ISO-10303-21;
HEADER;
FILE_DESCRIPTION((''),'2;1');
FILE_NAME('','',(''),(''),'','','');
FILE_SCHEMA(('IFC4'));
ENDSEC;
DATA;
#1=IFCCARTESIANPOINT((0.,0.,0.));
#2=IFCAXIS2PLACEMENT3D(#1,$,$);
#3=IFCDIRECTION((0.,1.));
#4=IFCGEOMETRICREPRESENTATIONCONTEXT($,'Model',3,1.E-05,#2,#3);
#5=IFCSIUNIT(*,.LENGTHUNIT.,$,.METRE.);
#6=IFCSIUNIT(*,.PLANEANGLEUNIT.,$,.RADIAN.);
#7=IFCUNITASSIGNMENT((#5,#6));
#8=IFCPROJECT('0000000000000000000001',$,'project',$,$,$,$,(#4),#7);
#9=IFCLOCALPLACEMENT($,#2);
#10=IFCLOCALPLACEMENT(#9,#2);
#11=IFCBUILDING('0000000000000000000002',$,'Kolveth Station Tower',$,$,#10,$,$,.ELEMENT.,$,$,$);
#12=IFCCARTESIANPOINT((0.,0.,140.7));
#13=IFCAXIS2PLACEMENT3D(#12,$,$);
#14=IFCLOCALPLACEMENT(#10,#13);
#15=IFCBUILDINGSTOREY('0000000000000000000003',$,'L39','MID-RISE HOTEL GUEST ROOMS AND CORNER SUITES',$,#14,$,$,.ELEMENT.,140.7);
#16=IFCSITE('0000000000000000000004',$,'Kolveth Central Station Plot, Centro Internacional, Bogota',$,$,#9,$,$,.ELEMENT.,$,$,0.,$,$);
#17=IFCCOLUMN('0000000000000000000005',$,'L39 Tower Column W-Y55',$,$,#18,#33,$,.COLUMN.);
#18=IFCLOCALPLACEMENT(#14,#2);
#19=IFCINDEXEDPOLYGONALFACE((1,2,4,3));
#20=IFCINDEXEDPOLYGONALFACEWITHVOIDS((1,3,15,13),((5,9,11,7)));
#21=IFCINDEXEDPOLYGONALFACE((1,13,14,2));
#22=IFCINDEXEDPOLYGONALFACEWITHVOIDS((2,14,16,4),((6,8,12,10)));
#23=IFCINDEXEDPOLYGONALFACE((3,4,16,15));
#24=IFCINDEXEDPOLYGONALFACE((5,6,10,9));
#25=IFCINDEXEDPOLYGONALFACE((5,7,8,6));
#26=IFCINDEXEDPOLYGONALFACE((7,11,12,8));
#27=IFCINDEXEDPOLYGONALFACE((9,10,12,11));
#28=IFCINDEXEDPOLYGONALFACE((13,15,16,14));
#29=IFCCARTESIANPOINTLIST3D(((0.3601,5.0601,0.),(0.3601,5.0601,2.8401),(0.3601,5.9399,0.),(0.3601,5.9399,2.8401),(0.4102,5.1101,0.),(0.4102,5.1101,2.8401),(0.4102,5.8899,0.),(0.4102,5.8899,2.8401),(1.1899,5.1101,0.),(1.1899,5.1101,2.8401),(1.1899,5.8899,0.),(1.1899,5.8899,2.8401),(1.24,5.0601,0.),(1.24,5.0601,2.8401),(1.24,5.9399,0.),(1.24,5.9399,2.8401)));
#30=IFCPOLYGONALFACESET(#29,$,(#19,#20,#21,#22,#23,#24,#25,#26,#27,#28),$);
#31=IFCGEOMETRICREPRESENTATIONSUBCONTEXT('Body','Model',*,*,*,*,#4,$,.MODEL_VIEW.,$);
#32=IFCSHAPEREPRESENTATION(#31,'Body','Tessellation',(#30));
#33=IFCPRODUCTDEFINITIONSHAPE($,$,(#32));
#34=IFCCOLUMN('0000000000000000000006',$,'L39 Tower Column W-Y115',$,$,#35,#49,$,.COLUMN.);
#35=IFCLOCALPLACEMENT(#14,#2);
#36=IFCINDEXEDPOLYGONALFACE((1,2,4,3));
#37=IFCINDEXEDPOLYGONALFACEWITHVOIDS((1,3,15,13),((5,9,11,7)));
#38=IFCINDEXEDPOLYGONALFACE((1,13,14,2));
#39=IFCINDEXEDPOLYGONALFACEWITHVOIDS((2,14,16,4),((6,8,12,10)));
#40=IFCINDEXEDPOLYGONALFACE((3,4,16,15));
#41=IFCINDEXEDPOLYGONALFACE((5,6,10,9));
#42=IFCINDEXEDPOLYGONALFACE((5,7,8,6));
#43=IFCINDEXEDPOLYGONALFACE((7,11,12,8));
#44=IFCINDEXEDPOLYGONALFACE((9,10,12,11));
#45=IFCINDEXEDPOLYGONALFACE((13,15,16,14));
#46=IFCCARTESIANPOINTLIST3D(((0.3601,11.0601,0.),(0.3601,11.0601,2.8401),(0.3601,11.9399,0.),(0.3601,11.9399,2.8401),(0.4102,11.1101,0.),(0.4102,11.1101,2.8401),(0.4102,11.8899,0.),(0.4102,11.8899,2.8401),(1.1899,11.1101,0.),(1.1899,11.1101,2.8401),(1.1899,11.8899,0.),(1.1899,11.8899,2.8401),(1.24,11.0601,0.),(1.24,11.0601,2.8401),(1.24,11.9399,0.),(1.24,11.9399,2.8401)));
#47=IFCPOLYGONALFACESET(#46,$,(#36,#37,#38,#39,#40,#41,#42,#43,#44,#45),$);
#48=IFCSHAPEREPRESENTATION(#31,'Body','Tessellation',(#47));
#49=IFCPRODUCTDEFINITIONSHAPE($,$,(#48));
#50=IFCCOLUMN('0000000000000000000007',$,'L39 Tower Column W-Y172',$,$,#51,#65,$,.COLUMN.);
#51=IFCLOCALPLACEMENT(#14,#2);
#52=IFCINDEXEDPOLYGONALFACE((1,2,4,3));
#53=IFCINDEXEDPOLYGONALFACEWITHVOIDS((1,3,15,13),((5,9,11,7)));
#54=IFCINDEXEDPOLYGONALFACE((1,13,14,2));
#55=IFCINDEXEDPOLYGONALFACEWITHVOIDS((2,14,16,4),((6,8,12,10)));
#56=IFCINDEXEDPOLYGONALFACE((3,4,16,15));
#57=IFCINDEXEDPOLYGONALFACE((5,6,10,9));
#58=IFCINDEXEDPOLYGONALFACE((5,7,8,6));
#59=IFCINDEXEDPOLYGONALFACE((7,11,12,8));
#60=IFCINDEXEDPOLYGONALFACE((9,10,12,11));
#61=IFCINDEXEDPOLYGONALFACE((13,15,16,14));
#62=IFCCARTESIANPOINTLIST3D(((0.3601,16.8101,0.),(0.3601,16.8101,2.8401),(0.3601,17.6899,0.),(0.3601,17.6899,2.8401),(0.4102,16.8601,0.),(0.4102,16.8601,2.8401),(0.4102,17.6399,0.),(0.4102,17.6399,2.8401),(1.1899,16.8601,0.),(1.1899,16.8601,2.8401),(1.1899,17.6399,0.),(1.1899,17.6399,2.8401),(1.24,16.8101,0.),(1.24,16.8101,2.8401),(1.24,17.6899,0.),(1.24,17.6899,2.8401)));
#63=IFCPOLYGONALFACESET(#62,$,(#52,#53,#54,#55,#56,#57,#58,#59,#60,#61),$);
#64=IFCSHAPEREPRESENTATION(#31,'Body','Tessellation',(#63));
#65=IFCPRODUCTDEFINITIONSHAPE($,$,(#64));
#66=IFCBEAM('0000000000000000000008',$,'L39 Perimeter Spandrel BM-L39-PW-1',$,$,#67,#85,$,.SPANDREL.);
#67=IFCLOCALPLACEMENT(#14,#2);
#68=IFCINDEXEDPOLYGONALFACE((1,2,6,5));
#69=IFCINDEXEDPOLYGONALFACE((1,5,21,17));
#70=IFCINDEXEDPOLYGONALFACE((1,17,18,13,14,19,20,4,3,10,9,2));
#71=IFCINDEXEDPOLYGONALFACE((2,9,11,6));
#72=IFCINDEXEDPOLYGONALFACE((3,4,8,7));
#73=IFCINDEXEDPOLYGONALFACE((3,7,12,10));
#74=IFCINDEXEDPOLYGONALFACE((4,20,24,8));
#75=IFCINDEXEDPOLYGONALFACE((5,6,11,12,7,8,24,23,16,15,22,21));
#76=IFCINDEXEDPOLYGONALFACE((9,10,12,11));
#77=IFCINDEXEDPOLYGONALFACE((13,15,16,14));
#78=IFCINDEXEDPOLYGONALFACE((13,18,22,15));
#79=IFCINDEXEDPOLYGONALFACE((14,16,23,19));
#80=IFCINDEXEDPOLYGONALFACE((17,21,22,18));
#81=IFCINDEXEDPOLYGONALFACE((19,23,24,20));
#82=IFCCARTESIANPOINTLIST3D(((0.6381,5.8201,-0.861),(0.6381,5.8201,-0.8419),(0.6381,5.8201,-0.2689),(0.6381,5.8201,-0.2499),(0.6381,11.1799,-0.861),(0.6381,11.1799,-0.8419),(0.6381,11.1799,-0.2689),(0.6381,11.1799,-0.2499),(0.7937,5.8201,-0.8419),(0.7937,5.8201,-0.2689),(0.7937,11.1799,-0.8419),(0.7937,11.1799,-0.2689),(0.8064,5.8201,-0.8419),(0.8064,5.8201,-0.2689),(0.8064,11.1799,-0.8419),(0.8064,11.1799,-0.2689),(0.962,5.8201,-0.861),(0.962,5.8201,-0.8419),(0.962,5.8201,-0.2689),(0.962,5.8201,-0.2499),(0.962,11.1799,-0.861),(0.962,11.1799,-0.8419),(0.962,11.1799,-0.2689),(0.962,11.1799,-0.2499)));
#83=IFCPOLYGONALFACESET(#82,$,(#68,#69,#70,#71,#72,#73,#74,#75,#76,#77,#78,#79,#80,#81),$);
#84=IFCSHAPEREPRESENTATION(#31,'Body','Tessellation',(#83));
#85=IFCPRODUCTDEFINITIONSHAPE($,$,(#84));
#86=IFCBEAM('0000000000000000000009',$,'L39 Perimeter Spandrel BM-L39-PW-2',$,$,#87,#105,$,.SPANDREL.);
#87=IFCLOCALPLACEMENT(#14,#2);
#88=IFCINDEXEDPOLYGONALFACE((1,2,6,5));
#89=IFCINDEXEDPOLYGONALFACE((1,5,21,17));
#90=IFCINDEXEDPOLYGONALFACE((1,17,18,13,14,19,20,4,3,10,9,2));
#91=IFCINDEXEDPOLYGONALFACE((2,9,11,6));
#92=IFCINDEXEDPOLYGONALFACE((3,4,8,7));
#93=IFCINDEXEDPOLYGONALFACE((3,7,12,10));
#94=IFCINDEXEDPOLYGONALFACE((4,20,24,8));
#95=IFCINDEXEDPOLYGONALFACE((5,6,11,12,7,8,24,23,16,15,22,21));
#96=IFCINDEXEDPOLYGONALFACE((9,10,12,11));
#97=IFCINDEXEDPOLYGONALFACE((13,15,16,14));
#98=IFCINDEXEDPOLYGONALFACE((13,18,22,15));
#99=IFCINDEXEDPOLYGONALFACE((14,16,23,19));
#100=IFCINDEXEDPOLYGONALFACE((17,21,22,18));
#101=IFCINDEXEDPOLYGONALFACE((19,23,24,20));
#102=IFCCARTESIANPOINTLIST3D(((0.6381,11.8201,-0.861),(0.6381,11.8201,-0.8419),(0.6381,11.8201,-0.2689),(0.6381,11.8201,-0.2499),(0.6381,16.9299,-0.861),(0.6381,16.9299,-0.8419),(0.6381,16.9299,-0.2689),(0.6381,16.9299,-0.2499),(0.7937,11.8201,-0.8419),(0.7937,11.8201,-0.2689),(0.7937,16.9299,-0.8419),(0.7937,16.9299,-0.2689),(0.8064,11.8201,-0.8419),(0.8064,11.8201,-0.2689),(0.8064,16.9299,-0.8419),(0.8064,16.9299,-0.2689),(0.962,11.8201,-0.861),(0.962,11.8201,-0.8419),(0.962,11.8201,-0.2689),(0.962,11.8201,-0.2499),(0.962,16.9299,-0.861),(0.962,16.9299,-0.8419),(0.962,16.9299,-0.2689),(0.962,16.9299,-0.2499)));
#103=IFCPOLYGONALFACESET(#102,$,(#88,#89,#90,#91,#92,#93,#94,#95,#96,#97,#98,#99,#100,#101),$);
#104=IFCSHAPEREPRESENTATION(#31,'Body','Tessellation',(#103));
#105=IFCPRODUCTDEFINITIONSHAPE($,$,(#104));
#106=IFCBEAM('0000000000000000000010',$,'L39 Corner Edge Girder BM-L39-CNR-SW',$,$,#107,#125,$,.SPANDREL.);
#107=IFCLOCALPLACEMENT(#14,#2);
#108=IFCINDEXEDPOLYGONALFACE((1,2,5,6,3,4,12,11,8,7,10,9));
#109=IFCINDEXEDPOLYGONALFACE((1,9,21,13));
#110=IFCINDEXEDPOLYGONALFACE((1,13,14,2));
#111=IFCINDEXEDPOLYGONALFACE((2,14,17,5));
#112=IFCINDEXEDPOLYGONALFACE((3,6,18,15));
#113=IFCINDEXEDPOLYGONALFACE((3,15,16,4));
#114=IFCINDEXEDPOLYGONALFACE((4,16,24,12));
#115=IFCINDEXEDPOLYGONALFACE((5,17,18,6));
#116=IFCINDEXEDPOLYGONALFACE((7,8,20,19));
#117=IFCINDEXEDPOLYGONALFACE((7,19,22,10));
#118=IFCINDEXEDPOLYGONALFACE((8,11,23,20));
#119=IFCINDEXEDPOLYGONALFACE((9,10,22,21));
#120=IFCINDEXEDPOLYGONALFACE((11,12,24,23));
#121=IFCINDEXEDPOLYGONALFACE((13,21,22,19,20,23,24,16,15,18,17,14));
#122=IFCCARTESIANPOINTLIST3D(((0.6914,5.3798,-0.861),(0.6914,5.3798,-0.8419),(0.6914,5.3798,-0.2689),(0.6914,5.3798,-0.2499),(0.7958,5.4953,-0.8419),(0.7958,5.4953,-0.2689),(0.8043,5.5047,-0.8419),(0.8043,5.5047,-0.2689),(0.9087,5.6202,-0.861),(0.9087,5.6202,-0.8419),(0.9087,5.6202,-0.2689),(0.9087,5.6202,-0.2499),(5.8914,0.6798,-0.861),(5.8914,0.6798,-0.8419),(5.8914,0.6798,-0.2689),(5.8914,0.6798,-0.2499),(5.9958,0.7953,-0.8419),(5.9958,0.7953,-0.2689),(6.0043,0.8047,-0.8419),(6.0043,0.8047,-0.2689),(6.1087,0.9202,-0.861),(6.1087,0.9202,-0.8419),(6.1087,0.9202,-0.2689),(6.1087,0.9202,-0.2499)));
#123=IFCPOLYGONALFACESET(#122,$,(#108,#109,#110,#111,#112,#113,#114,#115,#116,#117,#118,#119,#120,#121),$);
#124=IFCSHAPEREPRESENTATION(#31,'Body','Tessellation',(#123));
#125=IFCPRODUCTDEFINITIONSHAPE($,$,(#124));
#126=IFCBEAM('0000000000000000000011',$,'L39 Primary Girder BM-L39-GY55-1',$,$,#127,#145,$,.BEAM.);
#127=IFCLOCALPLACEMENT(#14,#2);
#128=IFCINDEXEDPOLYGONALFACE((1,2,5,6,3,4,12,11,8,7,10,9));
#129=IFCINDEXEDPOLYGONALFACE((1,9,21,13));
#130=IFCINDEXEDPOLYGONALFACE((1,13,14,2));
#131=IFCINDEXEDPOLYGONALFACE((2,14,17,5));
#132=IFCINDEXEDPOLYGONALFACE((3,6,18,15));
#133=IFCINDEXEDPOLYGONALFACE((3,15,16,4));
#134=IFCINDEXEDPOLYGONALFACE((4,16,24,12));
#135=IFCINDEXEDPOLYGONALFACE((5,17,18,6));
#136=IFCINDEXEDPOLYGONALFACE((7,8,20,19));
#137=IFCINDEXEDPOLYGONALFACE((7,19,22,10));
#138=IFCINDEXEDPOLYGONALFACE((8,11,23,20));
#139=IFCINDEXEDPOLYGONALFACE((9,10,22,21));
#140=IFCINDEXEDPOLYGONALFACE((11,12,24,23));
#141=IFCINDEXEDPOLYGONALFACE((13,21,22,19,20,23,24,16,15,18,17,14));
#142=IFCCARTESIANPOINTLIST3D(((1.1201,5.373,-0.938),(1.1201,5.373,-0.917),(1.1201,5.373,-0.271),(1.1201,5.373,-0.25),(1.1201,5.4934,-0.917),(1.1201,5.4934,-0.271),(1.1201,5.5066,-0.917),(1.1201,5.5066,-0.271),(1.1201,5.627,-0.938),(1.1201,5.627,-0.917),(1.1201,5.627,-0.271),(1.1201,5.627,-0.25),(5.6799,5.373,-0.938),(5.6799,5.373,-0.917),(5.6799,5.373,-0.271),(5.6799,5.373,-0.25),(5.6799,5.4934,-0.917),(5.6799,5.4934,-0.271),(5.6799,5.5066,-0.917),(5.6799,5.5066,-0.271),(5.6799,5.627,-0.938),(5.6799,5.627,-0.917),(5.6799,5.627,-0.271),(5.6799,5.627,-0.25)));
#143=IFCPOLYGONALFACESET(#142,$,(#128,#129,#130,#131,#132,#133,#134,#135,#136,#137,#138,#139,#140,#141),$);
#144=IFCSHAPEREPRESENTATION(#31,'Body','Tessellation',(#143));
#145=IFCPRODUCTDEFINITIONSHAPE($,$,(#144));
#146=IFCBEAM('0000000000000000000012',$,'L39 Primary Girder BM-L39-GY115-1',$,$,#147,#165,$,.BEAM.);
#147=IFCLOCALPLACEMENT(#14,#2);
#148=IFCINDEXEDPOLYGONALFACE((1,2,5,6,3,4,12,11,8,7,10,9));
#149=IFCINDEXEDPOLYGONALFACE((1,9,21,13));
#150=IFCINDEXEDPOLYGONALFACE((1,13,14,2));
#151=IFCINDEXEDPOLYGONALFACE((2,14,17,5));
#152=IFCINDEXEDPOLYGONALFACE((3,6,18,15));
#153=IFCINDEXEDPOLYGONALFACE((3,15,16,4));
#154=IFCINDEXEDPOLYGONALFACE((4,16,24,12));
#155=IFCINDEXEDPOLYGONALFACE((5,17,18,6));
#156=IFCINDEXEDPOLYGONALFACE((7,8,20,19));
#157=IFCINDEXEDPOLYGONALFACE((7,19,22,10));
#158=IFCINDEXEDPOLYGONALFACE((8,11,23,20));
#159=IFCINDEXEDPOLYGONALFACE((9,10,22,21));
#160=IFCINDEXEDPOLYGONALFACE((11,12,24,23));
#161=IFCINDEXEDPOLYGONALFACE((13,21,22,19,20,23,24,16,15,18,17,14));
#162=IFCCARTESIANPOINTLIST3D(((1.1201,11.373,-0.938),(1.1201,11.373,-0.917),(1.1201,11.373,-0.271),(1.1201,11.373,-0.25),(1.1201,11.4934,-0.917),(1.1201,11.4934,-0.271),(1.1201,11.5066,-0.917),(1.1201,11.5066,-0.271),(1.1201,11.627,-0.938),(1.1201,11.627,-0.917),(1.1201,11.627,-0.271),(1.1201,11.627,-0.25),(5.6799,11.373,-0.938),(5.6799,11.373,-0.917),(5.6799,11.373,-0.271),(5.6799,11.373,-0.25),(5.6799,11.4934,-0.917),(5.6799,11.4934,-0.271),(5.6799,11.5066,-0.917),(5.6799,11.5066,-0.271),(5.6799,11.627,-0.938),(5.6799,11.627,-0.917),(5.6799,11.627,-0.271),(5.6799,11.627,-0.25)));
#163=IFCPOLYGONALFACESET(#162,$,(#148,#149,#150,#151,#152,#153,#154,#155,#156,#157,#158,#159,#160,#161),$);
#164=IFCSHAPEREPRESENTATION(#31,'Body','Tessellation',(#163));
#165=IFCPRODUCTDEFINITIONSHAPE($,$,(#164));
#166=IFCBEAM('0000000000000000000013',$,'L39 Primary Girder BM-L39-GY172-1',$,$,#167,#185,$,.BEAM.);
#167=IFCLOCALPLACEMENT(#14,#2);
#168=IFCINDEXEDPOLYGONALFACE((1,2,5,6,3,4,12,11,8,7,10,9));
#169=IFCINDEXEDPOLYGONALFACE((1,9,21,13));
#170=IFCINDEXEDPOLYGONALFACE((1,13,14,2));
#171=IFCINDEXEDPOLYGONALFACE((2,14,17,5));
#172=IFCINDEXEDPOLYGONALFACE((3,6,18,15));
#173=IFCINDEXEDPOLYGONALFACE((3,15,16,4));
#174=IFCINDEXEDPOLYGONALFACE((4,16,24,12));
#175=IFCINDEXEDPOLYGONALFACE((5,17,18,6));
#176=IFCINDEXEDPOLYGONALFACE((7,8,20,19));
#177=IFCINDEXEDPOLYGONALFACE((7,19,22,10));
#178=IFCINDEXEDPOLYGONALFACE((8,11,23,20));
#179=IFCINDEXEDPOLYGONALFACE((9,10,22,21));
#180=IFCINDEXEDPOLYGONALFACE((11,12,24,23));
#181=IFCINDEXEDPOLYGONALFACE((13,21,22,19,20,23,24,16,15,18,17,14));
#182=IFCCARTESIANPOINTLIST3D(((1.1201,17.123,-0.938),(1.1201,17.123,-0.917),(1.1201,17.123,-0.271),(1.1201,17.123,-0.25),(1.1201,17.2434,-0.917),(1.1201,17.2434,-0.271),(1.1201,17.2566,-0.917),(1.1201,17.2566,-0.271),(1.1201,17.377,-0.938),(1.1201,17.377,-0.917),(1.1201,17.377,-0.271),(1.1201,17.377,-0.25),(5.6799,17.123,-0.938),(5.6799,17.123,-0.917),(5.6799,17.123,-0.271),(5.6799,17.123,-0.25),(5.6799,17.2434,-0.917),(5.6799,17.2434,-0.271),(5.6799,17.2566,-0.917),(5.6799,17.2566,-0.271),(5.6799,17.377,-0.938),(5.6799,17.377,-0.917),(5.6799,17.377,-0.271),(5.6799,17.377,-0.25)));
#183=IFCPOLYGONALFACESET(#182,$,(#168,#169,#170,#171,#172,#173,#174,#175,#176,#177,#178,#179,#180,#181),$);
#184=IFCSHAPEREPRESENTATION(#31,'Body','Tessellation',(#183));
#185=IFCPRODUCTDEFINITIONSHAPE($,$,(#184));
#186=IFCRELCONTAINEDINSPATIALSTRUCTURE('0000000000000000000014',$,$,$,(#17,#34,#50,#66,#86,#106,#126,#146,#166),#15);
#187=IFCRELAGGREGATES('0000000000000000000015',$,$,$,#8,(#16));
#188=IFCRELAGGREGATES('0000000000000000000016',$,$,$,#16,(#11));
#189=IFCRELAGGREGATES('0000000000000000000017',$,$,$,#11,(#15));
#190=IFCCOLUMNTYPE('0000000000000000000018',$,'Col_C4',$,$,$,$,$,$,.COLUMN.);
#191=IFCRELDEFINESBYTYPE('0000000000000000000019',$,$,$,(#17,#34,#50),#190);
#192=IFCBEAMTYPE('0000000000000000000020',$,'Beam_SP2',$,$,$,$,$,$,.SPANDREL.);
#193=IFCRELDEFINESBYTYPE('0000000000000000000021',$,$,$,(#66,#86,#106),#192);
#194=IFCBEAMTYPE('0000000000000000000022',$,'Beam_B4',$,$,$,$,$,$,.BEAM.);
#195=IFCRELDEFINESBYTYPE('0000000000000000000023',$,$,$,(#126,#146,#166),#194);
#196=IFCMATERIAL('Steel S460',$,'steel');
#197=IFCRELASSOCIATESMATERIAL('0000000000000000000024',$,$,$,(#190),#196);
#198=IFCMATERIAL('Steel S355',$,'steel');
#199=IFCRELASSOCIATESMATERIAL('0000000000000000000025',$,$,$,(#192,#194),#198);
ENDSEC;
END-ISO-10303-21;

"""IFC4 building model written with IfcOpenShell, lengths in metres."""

from ifc_helpers import new_model, si_unit, direction, frame, origin, origin_2d, place, context, subcontext, project, spatial, hollow_rectangle, i_section, extrude, source, transform, mapped, material, material_profile, profile_set, type_object, element, save


model = new_model("IFC4")

# Units and contexts
model_context = context("Model", 3, precision=1e-05, world=origin(), true_north=direction((0.0, 1.0)))
body_context = subcontext(model_context, "Body", "Model", "MODEL_VIEW")
ifc_project = project(units=[si_unit("LENGTHUNIT", "METRE"), si_unit("PLANEANGLEUNIT", "RADIAN")], contexts=[model_context])

# Site, building, storey
site_placement = place(None, origin())
site = spatial("IfcSite", under=ifc_project, at=site_placement, Name="Kolveth Central Station Plot, Centro Internacional, Bogota", CompositionType="ELEMENT", RefElevation=0.0)
building_placement = place(site_placement, origin())
building = spatial("IfcBuilding", under=site, at=building_placement, Name="Kolveth Station Tower", CompositionType="ELEMENT")
storey_placement = place(building_placement, frame((0.0, 0.0, 140.7)))
storey = spatial("IfcBuildingStorey", under=building, at=storey_placement, Name="L39", Description="MID-RISE HOTEL GUEST ROOMS AND CORNER SUITES", CompositionType="ELEMENT", Elevation=140.7)

# Columns
ifc_material_1 = material(Name="Steel S460", Category="steel")
ifc_material_profile_1 = material_profile(ifc_material_1, hollow_rectangle(XDim=0.8799, YDim=0.8799, WallThickness=0.05, at=origin_2d()), Name="BOX880x880x50")
ifc_profile_set_1 = profile_set([ifc_material_profile_1], Name="Steel S460")
column_type = type_object("IfcColumnType", Name="Col_C4", PredefinedType="COLUMN", material=ifc_profile_set_1)
shared_shape_1 = source(origin(), body_context, "Body", "SweptSolid", [
    extrude(hollow_rectangle(XDim=0.8799, YDim=0.8799, WallThickness=0.05, at=origin_2d()), origin(), (0.0, 0.0, 1.0), 2.8401),
])
for number, where, z_axis, x_axis, name in (
    (1, (0.8, 5.5, 0.0), (0.0, 0.0, 1.0), (1.0, 0.0, 0.0), "L39 Tower Column W-Y55"),
    (2, (0.8, 11.5, 0.0), (0.0, 0.0, 1.0), (1.0, 0.0, 0.0), "L39 Tower Column W-Y115"),
    (3, (0.8, 17.25, 0.0), (0.0, 0.0, 1.0), (1.0, 0.0, 0.0), "L39 Tower Column W-Y172"),
):
    element("IfcColumn", number, at=place(storey_placement, frame(where, z_axis=z_axis, x_axis=x_axis)), inside=storey, type_object=column_type, Name=name, PredefinedType="COLUMN", context=body_context, shape_type="MappedRepresentation", body=[
        mapped(shared_shape_1, transform((0.0, 0.0, 0.0), x_axis=(1.0, 0.0, 0.0), y_axis=(0.0, 1.0, 0.0), z_axis=(0.0, 0.0, 1.0), scale=1.0)),
    ])

# Beams
ifc_material_2 = material(Name="Steel S355", Category="steel")
ifc_material_profile_2 = material_profile(ifc_material_2, i_section(OverallWidth=0.324, OverallDepth=0.6111, WebThickness=0.0127, FlangeThickness=0.019, at=origin_2d()), Name="W610x155")
ifc_profile_set_2 = profile_set([ifc_material_profile_2], Name="Steel S355")
beam_type_1 = type_object("IfcBeamType", Name="Beam_SP2", PredefinedType="SPANDREL", material=ifc_profile_set_2)
shared_shape_2 = source(origin(), body_context, "Body", "SweptSolid", [
    extrude(i_section(OverallWidth=0.324, OverallDepth=0.6111, WebThickness=0.0127, FlangeThickness=0.019, at=origin_2d()), origin(), (0.0, 0.0, 1.0), 5.3599),
])
beam_1_placement = place(storey_placement, frame((0.8, 5.8201, -0.5554), z_axis=(0.0, 1.0, 0.0), x_axis=(-1.0, 0.0, 0.0)))
element("IfcBeam", 4, at=beam_1_placement, inside=storey, type_object=beam_type_1, Name="L39 Perimeter Spandrel BM-L39-PW-1", PredefinedType="SPANDREL", context=body_context, shape_type="MappedRepresentation", body=[
    mapped(shared_shape_2, transform((0.0, 0.0, 0.0), x_axis=(1.0, 0.0, 0.0), y_axis=(0.0, 1.0, 0.0), z_axis=(0.0, 0.0, 1.0), scale=1.0)),
])
shared_shape_3 = source(origin(), body_context, "Body", "SweptSolid", [
    extrude(i_section(OverallWidth=0.324, OverallDepth=0.6111, WebThickness=0.0127, FlangeThickness=0.019, at=origin_2d()), origin(), (0.0, 0.0, 1.0), 5.1099),
])
beam_2_placement = place(storey_placement, frame((0.8, 11.8201, -0.5554), z_axis=(0.0, 1.0, 0.0), x_axis=(-1.0, 0.0, 0.0)))
element("IfcBeam", 5, at=beam_2_placement, inside=storey, type_object=beam_type_1, Name="L39 Perimeter Spandrel BM-L39-PW-2", PredefinedType="SPANDREL", context=body_context, shape_type="MappedRepresentation", body=[
    mapped(shared_shape_3, transform((0.0, 0.0, 0.0), x_axis=(1.0, 0.0, 0.0), y_axis=(0.0, 1.0, 0.0), z_axis=(0.0, 0.0, 1.0), scale=1.0)),
])
shared_shape_4 = source(origin(), body_context, "Body", "SweptSolid", [
    extrude(i_section(OverallWidth=0.324, OverallDepth=0.6111, WebThickness=0.0127, FlangeThickness=0.019, at=origin_2d()), origin(), (0.0, 0.0, 1.0), 7.0093),
])
beam_3_placement = place(storey_placement, frame((0.8, 5.5, -0.5554), z_axis=(0.741874, -0.670539, 0.0), x_axis=(0.670539, 0.741874, 0.0)))
element("IfcBeam", 6, at=beam_3_placement, inside=storey, type_object=beam_type_1, Name="L39 Corner Edge Girder BM-L39-CNR-SW", PredefinedType="SPANDREL", context=body_context, shape_type="MappedRepresentation", body=[
    mapped(shared_shape_4, transform((0.0, 0.0, 0.0), x_axis=(1.0, 0.0, 0.0), y_axis=(0.0, 1.0, 0.0), z_axis=(0.0, 0.0, 1.0), scale=1.0)),
])
ifc_material_profile_3 = material_profile(ifc_material_2, i_section(OverallWidth=0.2539, OverallDepth=0.688, WebThickness=0.0132, FlangeThickness=0.021, at=origin_2d()), Name="W690x152")
ifc_profile_set_3 = profile_set([ifc_material_profile_3], Name="Steel S355")
beam_type_2 = type_object("IfcBeamType", Name="Beam_B4", PredefinedType="BEAM", material=ifc_profile_set_3)
shared_shape_5 = source(origin(), body_context, "Body", "SweptSolid", [
    extrude(i_section(OverallWidth=0.2539, OverallDepth=0.688, WebThickness=0.0132, FlangeThickness=0.021, at=origin_2d()), origin(), (0.0, 0.0, 1.0), 4.5598),
])
for number, where, z_axis, x_axis, name in (
    (7, (1.1201, 5.5, -0.594), (1.0, 0.0, 0.0), (0.0, 1.0, 0.0), "L39 Primary Girder BM-L39-GY55-1"),
    (8, (1.1201, 11.5, -0.594), (1.0, 0.0, 0.0), (0.0, 1.0, 0.0), "L39 Primary Girder BM-L39-GY115-1"),
    (9, (1.1201, 17.25, -0.594), (1.0, 0.0, 0.0), (0.0, 1.0, 0.0), "L39 Primary Girder BM-L39-GY172-1"),
):
    element("IfcBeam", number, at=place(storey_placement, frame(where, z_axis=z_axis, x_axis=x_axis)), inside=storey, type_object=beam_type_2, Name=name, PredefinedType="BEAM", context=body_context, shape_type="MappedRepresentation", body=[
        mapped(shared_shape_5, transform((0.0, 0.0, 0.0), x_axis=(1.0, 0.0, 0.0), y_axis=(0.0, 1.0, 0.0), z_axis=(0.0, 0.0, 1.0), scale=1.0)),
    ])

save(model, "model.ifc")
